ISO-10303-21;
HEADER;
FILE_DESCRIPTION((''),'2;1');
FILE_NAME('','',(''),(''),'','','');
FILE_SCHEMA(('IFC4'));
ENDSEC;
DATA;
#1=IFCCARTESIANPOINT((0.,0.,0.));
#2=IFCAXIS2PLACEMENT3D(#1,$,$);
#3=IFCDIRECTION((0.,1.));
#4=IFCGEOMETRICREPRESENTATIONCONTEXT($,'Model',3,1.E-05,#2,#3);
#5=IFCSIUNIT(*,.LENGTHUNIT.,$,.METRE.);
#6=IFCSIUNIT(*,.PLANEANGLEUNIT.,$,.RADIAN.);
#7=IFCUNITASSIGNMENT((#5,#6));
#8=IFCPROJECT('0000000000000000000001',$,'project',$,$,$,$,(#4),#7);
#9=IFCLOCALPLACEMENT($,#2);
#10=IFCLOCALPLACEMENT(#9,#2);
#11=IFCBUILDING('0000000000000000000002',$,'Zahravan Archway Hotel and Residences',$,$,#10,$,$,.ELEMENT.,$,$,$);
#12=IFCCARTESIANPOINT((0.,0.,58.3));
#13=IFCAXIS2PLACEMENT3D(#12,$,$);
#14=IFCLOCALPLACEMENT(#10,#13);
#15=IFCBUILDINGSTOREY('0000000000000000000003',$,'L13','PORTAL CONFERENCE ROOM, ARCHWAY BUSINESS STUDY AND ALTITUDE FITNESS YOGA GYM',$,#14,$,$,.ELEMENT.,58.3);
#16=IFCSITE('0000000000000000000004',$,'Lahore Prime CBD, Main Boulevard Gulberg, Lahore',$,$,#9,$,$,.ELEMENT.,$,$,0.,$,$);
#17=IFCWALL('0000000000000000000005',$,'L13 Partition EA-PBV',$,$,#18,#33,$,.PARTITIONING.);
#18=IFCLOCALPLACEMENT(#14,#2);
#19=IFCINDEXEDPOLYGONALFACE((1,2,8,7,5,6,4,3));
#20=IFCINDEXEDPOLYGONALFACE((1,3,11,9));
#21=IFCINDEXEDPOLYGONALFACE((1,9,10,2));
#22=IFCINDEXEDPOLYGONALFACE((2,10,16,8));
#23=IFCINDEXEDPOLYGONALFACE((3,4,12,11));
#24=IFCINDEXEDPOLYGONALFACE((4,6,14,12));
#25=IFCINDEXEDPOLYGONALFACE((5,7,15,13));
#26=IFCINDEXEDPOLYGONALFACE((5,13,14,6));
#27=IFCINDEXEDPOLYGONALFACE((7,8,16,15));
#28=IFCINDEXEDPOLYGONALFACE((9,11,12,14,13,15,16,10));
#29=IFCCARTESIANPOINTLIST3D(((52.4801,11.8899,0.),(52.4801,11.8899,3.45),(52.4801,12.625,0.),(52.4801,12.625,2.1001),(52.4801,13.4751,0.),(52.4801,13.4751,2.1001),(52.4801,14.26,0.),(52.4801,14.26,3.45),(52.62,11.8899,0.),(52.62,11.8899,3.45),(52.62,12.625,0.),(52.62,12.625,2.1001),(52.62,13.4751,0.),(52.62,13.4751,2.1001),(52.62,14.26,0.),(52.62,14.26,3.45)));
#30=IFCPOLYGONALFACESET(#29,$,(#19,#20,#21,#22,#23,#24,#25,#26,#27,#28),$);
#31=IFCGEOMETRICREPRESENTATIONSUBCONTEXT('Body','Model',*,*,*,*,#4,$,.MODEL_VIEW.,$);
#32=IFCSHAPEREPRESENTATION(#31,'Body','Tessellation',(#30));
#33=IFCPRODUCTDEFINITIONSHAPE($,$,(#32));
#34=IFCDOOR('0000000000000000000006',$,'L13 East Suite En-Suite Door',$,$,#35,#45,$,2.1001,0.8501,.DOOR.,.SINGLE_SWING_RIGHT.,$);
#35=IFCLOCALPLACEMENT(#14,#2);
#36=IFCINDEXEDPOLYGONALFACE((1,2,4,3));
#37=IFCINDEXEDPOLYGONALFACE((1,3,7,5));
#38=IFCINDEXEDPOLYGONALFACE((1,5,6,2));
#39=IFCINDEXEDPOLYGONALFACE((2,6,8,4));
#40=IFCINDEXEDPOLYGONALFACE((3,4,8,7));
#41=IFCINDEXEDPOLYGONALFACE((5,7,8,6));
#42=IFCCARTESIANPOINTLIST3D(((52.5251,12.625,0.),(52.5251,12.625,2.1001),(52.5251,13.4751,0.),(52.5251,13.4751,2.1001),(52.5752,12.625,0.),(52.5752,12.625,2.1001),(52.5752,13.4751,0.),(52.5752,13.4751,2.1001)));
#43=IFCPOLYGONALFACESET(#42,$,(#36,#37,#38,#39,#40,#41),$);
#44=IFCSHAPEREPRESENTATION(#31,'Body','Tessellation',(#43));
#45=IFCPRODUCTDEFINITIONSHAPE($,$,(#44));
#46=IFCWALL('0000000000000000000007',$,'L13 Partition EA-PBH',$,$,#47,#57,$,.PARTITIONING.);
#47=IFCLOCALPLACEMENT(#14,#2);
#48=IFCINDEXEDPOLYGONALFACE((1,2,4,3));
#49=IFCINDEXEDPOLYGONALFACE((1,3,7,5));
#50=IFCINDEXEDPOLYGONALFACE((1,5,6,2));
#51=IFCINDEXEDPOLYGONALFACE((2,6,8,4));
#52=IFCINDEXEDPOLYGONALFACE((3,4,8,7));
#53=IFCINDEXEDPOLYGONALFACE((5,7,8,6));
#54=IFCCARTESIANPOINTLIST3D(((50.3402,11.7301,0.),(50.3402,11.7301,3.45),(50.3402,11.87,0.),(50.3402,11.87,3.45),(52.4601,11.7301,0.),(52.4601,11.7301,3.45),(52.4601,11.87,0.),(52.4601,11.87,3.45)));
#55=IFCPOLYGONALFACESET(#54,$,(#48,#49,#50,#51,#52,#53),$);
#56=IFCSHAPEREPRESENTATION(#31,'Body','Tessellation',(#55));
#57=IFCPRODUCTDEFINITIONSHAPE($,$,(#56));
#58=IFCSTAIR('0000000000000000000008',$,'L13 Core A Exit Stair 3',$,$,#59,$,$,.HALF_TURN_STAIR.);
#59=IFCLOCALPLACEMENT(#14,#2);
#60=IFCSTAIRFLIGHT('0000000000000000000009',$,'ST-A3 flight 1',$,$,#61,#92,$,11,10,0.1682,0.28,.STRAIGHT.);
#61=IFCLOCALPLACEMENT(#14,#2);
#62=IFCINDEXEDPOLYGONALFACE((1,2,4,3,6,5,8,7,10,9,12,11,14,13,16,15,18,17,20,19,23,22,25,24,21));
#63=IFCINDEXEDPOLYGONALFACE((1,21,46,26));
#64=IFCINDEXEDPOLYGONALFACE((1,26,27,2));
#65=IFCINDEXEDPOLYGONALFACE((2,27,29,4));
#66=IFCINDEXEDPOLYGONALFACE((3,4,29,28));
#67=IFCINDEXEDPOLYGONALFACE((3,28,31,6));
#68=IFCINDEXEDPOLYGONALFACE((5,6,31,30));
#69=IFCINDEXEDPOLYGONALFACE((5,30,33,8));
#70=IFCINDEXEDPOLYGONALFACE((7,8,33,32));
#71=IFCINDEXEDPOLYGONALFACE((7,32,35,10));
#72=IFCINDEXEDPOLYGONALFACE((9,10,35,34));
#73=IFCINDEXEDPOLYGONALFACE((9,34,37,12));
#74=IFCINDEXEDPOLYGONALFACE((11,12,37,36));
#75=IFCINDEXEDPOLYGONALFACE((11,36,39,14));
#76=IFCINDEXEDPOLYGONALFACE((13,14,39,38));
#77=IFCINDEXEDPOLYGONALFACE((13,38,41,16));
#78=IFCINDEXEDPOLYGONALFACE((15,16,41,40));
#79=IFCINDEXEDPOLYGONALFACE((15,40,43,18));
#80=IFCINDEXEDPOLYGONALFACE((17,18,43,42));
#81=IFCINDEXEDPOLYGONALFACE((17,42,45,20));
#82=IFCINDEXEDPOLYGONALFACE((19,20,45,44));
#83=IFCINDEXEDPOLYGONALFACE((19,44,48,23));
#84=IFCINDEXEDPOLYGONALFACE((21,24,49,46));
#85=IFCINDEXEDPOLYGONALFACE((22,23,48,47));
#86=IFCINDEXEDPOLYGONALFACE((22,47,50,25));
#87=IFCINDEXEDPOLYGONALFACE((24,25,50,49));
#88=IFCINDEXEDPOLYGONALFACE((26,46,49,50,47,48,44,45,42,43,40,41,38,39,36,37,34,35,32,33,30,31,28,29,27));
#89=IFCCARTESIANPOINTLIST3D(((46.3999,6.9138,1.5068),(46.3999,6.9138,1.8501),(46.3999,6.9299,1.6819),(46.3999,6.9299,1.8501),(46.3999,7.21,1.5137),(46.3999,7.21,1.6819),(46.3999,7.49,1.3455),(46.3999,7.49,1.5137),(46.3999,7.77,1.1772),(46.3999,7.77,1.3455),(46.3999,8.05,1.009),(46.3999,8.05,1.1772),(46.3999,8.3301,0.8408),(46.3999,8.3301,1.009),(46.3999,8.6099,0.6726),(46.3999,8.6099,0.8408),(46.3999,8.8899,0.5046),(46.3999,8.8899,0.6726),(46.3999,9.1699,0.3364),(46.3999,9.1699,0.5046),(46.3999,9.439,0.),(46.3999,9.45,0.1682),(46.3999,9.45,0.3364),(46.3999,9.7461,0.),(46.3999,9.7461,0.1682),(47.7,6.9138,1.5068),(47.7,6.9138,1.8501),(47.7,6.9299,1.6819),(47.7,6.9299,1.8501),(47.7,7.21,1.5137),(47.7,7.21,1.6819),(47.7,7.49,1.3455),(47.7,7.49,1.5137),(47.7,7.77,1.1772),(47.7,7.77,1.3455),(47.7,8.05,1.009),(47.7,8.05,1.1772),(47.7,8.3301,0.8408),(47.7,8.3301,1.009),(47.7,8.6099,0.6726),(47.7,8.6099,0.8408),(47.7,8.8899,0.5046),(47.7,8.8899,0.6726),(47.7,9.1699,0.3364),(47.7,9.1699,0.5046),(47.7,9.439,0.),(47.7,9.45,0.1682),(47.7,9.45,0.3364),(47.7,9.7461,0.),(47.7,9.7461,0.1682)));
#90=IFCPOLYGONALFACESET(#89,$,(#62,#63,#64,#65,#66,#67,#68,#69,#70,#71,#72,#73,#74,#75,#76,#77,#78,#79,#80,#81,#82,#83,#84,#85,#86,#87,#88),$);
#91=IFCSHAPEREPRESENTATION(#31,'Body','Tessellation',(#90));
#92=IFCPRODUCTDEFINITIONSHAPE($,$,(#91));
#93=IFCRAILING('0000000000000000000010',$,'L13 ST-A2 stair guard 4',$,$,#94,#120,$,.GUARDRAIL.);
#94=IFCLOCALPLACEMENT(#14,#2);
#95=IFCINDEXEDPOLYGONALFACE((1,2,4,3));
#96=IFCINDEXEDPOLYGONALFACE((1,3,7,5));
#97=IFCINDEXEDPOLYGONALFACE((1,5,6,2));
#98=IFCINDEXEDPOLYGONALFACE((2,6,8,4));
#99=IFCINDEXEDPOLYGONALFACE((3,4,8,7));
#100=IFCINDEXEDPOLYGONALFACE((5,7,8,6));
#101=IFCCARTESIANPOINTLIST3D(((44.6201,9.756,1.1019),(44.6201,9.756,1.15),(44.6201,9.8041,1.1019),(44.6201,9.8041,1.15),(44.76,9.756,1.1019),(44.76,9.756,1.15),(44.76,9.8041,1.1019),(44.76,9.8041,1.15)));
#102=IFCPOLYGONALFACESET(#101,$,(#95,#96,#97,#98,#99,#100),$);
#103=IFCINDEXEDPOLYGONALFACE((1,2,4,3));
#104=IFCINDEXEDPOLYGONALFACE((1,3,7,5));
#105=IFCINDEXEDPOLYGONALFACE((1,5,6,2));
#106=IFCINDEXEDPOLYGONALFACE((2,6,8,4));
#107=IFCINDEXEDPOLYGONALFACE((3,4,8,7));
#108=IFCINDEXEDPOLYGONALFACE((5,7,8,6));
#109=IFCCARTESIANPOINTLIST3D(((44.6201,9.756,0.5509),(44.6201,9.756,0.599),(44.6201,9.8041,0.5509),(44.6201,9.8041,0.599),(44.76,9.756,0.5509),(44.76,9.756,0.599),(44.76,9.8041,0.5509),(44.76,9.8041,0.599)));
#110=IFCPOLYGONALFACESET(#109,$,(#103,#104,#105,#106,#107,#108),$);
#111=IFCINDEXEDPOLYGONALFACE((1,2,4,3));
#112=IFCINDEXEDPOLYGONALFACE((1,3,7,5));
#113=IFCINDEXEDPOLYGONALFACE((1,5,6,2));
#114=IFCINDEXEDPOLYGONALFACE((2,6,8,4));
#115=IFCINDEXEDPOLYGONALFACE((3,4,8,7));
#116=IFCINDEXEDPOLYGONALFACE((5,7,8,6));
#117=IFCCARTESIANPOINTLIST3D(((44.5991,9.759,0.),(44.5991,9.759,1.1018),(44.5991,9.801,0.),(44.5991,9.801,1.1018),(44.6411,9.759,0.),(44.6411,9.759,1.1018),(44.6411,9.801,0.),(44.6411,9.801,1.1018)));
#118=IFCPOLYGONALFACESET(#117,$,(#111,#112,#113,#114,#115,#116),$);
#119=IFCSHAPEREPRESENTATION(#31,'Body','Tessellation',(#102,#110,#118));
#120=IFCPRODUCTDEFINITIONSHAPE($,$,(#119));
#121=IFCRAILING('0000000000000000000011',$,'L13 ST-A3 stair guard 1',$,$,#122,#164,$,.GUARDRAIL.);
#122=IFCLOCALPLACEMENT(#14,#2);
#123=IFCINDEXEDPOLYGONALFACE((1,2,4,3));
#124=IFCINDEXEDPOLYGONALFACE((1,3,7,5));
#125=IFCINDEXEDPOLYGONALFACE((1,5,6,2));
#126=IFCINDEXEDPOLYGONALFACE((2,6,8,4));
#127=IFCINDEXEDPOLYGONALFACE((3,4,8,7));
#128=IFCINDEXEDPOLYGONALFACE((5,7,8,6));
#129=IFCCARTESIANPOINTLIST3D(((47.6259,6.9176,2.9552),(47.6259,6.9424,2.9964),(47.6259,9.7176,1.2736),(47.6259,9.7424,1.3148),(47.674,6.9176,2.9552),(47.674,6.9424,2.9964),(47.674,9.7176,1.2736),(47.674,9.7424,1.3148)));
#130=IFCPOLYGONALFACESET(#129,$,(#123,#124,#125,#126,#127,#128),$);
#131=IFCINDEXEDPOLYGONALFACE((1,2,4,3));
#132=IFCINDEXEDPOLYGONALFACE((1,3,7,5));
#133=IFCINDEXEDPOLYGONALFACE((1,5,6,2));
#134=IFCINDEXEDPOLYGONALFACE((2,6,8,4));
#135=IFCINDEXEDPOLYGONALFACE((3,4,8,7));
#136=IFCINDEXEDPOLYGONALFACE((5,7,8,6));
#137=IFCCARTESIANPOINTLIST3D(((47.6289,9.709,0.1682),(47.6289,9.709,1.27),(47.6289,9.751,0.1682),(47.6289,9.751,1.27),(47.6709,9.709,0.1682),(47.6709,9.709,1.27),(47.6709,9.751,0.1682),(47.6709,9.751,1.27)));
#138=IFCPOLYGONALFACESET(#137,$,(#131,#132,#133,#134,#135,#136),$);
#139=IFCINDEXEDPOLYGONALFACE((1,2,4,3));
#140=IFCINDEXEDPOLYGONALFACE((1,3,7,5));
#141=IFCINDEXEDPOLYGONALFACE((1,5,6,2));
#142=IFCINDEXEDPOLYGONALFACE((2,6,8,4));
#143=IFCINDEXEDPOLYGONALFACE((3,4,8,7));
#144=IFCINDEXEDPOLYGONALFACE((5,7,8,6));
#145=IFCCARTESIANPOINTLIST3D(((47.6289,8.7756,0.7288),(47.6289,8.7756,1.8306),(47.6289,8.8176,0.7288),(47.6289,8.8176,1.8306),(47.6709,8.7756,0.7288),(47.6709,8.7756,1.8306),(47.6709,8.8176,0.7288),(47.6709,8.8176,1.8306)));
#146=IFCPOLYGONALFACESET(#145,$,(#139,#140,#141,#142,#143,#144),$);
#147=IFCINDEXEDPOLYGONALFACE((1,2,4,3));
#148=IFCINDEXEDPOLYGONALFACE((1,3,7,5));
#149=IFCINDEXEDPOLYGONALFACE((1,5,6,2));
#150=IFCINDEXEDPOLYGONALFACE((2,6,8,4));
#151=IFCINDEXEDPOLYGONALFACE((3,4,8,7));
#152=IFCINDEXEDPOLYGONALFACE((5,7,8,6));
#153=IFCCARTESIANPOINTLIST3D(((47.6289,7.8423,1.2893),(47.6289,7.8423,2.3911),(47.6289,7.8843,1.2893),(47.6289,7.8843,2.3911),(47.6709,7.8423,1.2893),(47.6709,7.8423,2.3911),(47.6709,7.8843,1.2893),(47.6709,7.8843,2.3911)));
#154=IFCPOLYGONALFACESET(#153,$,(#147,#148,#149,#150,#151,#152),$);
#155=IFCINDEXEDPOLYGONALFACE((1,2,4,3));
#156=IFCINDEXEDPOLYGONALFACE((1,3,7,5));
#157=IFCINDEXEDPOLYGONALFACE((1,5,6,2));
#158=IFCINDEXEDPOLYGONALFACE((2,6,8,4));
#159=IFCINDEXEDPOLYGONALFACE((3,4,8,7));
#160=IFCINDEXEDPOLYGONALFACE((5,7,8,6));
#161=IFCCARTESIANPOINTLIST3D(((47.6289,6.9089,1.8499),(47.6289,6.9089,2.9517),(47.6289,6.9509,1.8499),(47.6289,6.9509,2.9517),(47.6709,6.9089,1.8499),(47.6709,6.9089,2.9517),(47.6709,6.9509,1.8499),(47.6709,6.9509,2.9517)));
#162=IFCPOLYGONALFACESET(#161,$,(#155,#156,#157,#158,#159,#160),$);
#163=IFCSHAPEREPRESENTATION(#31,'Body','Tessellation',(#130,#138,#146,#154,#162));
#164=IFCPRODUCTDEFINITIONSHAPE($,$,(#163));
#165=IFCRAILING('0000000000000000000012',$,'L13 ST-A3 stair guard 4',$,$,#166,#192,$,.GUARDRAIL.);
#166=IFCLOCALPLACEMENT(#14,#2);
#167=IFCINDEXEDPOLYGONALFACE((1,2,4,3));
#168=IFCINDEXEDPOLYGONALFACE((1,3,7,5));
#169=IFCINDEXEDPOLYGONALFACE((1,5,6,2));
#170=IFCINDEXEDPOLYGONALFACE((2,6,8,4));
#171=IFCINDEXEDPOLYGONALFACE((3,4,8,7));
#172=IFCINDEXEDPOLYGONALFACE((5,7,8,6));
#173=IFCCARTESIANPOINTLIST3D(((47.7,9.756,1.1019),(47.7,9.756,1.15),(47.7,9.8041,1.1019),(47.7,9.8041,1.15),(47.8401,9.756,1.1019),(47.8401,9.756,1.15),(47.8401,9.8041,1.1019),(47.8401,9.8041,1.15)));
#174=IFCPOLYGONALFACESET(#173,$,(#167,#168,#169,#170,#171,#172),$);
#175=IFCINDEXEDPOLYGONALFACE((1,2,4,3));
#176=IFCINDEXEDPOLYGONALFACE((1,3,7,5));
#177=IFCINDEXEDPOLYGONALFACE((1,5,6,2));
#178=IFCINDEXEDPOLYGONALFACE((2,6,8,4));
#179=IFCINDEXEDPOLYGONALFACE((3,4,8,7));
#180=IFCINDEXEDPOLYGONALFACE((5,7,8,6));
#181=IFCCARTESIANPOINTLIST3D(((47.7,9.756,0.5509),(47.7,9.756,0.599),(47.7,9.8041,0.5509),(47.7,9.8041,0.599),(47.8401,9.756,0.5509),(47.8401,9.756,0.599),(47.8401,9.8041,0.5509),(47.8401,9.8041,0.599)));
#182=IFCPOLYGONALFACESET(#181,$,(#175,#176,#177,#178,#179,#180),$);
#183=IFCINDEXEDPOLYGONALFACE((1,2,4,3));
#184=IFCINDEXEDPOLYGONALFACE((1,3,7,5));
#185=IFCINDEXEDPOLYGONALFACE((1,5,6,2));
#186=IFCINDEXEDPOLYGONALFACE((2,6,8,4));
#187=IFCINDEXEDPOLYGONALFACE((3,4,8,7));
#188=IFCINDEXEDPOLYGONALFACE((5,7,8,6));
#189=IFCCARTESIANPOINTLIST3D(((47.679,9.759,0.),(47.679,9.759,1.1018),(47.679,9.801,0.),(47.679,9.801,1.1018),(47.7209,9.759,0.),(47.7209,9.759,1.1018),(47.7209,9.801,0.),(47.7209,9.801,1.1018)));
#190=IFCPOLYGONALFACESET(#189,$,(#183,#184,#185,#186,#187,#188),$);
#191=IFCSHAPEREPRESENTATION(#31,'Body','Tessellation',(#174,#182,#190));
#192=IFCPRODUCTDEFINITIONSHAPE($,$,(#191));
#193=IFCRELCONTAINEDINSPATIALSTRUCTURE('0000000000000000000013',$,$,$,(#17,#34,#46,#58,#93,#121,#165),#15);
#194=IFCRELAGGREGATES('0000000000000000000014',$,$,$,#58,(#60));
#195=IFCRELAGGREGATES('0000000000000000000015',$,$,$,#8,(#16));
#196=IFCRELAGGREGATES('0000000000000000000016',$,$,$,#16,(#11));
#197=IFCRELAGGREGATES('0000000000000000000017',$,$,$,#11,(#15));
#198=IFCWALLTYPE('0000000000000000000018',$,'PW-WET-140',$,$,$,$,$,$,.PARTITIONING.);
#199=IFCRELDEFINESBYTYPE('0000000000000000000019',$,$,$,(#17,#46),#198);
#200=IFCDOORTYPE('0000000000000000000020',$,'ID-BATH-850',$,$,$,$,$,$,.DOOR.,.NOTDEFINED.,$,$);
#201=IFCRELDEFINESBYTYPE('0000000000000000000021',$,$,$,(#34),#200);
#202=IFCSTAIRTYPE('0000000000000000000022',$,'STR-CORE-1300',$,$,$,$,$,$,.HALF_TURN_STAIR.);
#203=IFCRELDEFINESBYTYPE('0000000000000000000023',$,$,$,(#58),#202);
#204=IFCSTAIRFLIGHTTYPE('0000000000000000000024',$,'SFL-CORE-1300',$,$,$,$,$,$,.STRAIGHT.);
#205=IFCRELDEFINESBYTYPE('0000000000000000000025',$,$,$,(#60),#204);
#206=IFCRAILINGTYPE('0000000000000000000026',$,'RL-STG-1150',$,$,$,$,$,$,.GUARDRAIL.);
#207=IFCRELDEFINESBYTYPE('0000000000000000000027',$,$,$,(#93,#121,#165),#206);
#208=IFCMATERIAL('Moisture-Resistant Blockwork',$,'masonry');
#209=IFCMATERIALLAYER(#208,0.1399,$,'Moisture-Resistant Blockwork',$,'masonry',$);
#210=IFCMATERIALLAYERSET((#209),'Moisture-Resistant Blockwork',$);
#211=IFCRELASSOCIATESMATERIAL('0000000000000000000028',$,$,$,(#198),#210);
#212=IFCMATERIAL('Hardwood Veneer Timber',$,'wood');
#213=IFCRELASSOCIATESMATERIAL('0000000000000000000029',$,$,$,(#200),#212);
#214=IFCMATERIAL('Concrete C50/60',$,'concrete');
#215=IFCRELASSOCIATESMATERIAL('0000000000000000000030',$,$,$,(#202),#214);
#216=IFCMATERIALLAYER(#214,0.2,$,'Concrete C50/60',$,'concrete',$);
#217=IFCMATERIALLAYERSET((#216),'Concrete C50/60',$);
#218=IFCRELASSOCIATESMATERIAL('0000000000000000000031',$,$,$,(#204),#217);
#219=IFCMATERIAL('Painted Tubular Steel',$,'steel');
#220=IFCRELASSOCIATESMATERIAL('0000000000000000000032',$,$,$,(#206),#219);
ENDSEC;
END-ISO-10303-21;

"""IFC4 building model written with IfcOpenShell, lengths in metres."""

from ifc_helpers import new_model, si_unit, direction, frame, frame_2d, origin, origin_2d, place, context, subcontext, project, spatial, polyline, rectangle, outline, extrude, source, transform, mapped, material, layer, layer_set, type_object, type_shapes, element, fill, aggregate, save


model = new_model("IFC4")

# Units and contexts
model_context = context("Model", 3, precision=1e-05, world=origin(), true_north=direction((0.0, 1.0)))
body_context = subcontext(model_context, "Body", "Model", "MODEL_VIEW")
ifc_project = project(units=[si_unit("LENGTHUNIT", "METRE"), si_unit("PLANEANGLEUNIT", "RADIAN")], contexts=[model_context])

# Site, building, storey
site_placement = place(None, origin())
site = spatial("IfcSite", under=ifc_project, at=site_placement, Name="Lahore Prime CBD, Main Boulevard Gulberg, Lahore", CompositionType="ELEMENT", RefElevation=0.0)
building_placement = place(site_placement, origin())
building = spatial("IfcBuilding", under=site, at=building_placement, Name="Zahravan Archway Hotel and Residences", CompositionType="ELEMENT")
storey_placement = place(building_placement, frame((0.0, 0.0, 58.3)))
storey = spatial("IfcBuildingStorey", under=building, at=storey_placement, Name="L13", Description="PORTAL CONFERENCE ROOM, ARCHWAY BUSINESS STUDY AND ALTITUDE FITNESS YOGA GYM", CompositionType="ELEMENT", Elevation=58.3)

# Wall, opening, door
ifc_material_1 = material(Name="Hardwood Veneer Timber", Category="wood")
ifc_material_2 = material(Name="Moisture-Resistant Blockwork", Category="masonry")
ifc_layer_1 = layer(ifc_material_2, 0.1399, Name="Moisture-Resistant Blockwork", Category="masonry")
ifc_layer_set_1 = layer_set([ifc_layer_1], Name="Moisture-Resistant Blockwork")
wall_type_1 = type_object("IfcWallType", Name="PW-WET-140", PredefinedType="PARTITIONING", material=ifc_layer_set_1)
wall_1_placement = place(storey_placement, frame((52.55, 11.8899, 0.0), z_axis=(0.0, 0.0, 1.0), x_axis=(0.0, 1.0, 0.0)))
wall_1 = element("IfcWall", 1, at=wall_1_placement, inside=storey, type_object=wall_type_1, Name="L13 Partition EA-PBV", PredefinedType="PARTITIONING", context=body_context, shape_type="SweptSolid", body=[
    extrude(rectangle(XDim=2.3701, YDim=0.1399, at=frame_2d((1.1851, 0.0))), origin(), (0.0, 0.0, 1.0), 3.45),
])
opening_1_placement = place(wall_1_placement, frame((0.7351, 0.0, 0.0)))
opening_1 = element("IfcOpeningElement", 2, at=opening_1_placement, cuts=wall_1, PredefinedType="OPENING", context=body_context, shape_type="SweptSolid", body=[
    extrude(rectangle(XDim=0.8501, YDim=2.1001, at=frame_2d((0.425, 1.05))), frame((0.0, 0.0801, 0.0), z_axis=(0.0, -1.0, 0.0), x_axis=(1.0, 0.0, 0.0)), (0.0, 0.0, 1.0), 0.1599),
])
door_type_1 = type_object("IfcDoorType", Name="ID-BATH-850", OperationType="NOTDEFINED", PredefinedType="DOOR", material=ifc_material_1)
shared_shape_1 = source(origin(), body_context, "Body", "SweptSolid", [
    extrude(rectangle(XDim=0.8501, YDim=2.1001, at=frame_2d((0.425, 1.05))), frame((0.0, 0.0249, 0.0), z_axis=(0.0, -1.0, 0.0), x_axis=(1.0, 0.0, 0.0)), (0.0, 0.0, 1.0), 0.05),
])
type_shapes(door_type_1, [shared_shape_1])
door_1_placement = place(opening_1_placement, origin())
door_1 = element("IfcDoor", 3, at=door_1_placement, inside=storey, type_object=door_type_1, Name="L13 East Suite En-Suite Door", OperationType="SINGLE_SWING_RIGHT", OverallHeight=2.1001, OverallWidth=0.8501, PredefinedType="DOOR", context=body_context, shape_type="MappedRepresentation", body=[
    mapped(shared_shape_1, transform((0.0, 0.0, 0.0), scale=1.0)),
])
fill(opening_1, door_1)

# Wall
wall_2_placement = place(storey_placement, frame((50.3401, 11.8, 0.0), z_axis=(0.0, 0.0, 1.0), x_axis=(1.0, 0.0, 0.0)))
element("IfcWall", 4, at=wall_2_placement, inside=storey, type_object=wall_type_1, Name="L13 Partition EA-PBH", PredefinedType="PARTITIONING", context=body_context, shape_type="SweptSolid", body=[
    extrude(rectangle(XDim=2.1199, YDim=0.1399, at=frame_2d((1.0601, 0.0))), origin(), (0.0, 0.0, 1.0), 3.45),
])

# Stair, stair flight
ifc_material_3 = material(Name="Concrete C50/60", Category="concrete")
stair_type = type_object("IfcStairType", Name="STR-CORE-1300", PredefinedType="HALF_TURN_STAIR", material=ifc_material_3)
stair_placement = place(storey_placement, origin())
stair = element("IfcStair", 5, at=stair_placement, inside=storey, type_object=stair_type, Name="L13 Core A Exit Stair 3", PredefinedType="HALF_TURN_STAIR")
ifc_layer_2 = layer(ifc_material_3, 0.2, Name="Concrete C50/60", Category="concrete")
ifc_layer_set_2 = layer_set([ifc_layer_2], Name="Concrete C50/60")
stair_flight_type = type_object("IfcStairFlightType", Name="SFL-CORE-1300", PredefinedType="STRAIGHT", material=ifc_layer_set_2)
shared_shape_2 = source(origin(), body_context, "Body", "SweptSolid", [
    extrude(outline(polyline([(-0.0161, 0.0), (-0.0161, 0.1682), (0.28, 0.1682), (0.28, 0.3364), (0.5601, 0.3364), (0.5601, 0.5046), (0.8401, 0.5046), (0.8401, 0.6726), (1.1201, 0.6726), (1.1201, 0.8408), (1.3999, 0.8408), (1.3999, 1.009), (1.6799, 1.009), (1.6799, 1.1772), (1.96, 1.1772), (1.96, 1.3455), (2.24, 1.3455), (2.24, 1.5137), (2.52, 1.5137), (2.52, 1.6819), (2.8, 1.6819), (2.8, 1.8501), (2.8162, 1.8501), (2.8162, 1.5068), (0.291, 0.0), (-0.0161, 0.0)])), frame((0.0, 0.6499, 0.0), z_axis=(0.0, -1.0, 0.0), x_axis=(1.0, 0.0, 0.0)), (0.0, 0.0, 1.0), 1.3),
])
stair_flight_placement = place(storey_placement, frame((47.05, 9.73, 0.0), z_axis=(0.0, 0.0, 1.0), x_axis=(0.0, -1.0, 0.0)))
stair_flight = element("IfcStairFlight", 6, at=stair_flight_placement, type_object=stair_flight_type, Name="ST-A3 flight 1", NumberOfRisers=11, NumberOfTreads=10, PredefinedType="STRAIGHT", RiserHeight=0.1682, TreadLength=0.28, context=body_context, shape_type="MappedRepresentation", body=[
    mapped(shared_shape_2, transform((0.0, 0.0, 0.0), scale=1.0)),
])
aggregate(stair, [stair_flight])

# Railings
ifc_material_4 = material(Name="Painted Tubular Steel", Category="steel")
railing_type_1 = type_object("IfcRailingType", Name="RL-STG-1150", PredefinedType="GUARDRAIL", material=ifc_material_4)
railing_1_placement = place(storey_placement, frame((44.6201, 9.78, 0.0)))
element("IfcRailing", 7, at=railing_1_placement, inside=storey, type_object=railing_type_1, Name="L13 ST-A2 stair guard 4", PredefinedType="GUARDRAIL", context=body_context, shape_type="SweptSolid", body=[
    extrude(rectangle(XDim=0.0481, YDim=0.0481, at=origin_2d()), frame((0.0, 0.0, 1.126), z_axis=(1.0, 0.0, 0.0), x_axis=(0.0, 1.0, 0.0)), (0.0, 0.0, 1.0), 0.1399),
    extrude(rectangle(XDim=0.0481, YDim=0.0481, at=origin_2d()), frame((0.0, 0.0, 0.575), z_axis=(1.0, 0.0, 0.0), x_axis=(0.0, 1.0, 0.0)), (0.0, 0.0, 1.0), 0.1399),
    extrude(rectangle(XDim=0.042, YDim=0.042, at=origin_2d()), origin(), (0.0, 0.0, 1.0), 1.1018),
])
railing_2_placement = place(storey_placement, frame((47.6499, 9.73, 0.1682)))
element("IfcRailing", 8, at=railing_2_placement, inside=storey, type_object=railing_type_1, Name="L13 ST-A3 stair guard 1", PredefinedType="GUARDRAIL", context=body_context, shape_type="SweptSolid", body=[
    extrude(rectangle(XDim=0.0481, YDim=0.0481, at=origin_2d()), frame((0.0, 0.0, 1.126), z_axis=(0.0, -0.857275, 0.514858), x_axis=(1.0, 0.0, 0.0)), (0.0, 0.0, 1.0), 3.2661),
    extrude(rectangle(XDim=0.042, YDim=0.042, at=origin_2d()), origin(), (0.0, 0.0, 1.0), 1.1018),
    extrude(rectangle(XDim=0.042, YDim=0.042, at=origin_2d()), frame((0.0, -0.9333, 0.5605)), (0.0, 0.0, 1.0), 1.1018),
    extrude(rectangle(XDim=0.042, YDim=0.042, at=origin_2d()), frame((0.0, -1.8667, 1.1211)), (0.0, 0.0, 1.0), 1.1018),
    extrude(rectangle(XDim=0.042, YDim=0.042, at=origin_2d()), frame((0.0, -2.8, 1.6816)), (0.0, 0.0, 1.0), 1.1018),
])
railing_3_placement = place(storey_placement, frame((47.7, 9.78, 0.0)))
element("IfcRailing", 9, at=railing_3_placement, inside=storey, type_object=railing_type_1, Name="L13 ST-A3 stair guard 4", PredefinedType="GUARDRAIL", context=body_context, shape_type="SweptSolid", body=[
    extrude(rectangle(XDim=0.0481, YDim=0.0481, at=origin_2d()), frame((0.0, 0.0, 1.126), z_axis=(1.0, 0.0, 0.0), x_axis=(0.0, 1.0, 0.0)), (0.0, 0.0, 1.0), 0.1401),
    extrude(rectangle(XDim=0.0481, YDim=0.0481, at=origin_2d()), frame((0.0, 0.0, 0.575), z_axis=(1.0, 0.0, 0.0), x_axis=(0.0, 1.0, 0.0)), (0.0, 0.0, 1.0), 0.1401),
    extrude(rectangle(XDim=0.042, YDim=0.042, at=origin_2d()), origin(), (0.0, 0.0, 1.0), 1.1018),
])

save(model, "model.ifc")
